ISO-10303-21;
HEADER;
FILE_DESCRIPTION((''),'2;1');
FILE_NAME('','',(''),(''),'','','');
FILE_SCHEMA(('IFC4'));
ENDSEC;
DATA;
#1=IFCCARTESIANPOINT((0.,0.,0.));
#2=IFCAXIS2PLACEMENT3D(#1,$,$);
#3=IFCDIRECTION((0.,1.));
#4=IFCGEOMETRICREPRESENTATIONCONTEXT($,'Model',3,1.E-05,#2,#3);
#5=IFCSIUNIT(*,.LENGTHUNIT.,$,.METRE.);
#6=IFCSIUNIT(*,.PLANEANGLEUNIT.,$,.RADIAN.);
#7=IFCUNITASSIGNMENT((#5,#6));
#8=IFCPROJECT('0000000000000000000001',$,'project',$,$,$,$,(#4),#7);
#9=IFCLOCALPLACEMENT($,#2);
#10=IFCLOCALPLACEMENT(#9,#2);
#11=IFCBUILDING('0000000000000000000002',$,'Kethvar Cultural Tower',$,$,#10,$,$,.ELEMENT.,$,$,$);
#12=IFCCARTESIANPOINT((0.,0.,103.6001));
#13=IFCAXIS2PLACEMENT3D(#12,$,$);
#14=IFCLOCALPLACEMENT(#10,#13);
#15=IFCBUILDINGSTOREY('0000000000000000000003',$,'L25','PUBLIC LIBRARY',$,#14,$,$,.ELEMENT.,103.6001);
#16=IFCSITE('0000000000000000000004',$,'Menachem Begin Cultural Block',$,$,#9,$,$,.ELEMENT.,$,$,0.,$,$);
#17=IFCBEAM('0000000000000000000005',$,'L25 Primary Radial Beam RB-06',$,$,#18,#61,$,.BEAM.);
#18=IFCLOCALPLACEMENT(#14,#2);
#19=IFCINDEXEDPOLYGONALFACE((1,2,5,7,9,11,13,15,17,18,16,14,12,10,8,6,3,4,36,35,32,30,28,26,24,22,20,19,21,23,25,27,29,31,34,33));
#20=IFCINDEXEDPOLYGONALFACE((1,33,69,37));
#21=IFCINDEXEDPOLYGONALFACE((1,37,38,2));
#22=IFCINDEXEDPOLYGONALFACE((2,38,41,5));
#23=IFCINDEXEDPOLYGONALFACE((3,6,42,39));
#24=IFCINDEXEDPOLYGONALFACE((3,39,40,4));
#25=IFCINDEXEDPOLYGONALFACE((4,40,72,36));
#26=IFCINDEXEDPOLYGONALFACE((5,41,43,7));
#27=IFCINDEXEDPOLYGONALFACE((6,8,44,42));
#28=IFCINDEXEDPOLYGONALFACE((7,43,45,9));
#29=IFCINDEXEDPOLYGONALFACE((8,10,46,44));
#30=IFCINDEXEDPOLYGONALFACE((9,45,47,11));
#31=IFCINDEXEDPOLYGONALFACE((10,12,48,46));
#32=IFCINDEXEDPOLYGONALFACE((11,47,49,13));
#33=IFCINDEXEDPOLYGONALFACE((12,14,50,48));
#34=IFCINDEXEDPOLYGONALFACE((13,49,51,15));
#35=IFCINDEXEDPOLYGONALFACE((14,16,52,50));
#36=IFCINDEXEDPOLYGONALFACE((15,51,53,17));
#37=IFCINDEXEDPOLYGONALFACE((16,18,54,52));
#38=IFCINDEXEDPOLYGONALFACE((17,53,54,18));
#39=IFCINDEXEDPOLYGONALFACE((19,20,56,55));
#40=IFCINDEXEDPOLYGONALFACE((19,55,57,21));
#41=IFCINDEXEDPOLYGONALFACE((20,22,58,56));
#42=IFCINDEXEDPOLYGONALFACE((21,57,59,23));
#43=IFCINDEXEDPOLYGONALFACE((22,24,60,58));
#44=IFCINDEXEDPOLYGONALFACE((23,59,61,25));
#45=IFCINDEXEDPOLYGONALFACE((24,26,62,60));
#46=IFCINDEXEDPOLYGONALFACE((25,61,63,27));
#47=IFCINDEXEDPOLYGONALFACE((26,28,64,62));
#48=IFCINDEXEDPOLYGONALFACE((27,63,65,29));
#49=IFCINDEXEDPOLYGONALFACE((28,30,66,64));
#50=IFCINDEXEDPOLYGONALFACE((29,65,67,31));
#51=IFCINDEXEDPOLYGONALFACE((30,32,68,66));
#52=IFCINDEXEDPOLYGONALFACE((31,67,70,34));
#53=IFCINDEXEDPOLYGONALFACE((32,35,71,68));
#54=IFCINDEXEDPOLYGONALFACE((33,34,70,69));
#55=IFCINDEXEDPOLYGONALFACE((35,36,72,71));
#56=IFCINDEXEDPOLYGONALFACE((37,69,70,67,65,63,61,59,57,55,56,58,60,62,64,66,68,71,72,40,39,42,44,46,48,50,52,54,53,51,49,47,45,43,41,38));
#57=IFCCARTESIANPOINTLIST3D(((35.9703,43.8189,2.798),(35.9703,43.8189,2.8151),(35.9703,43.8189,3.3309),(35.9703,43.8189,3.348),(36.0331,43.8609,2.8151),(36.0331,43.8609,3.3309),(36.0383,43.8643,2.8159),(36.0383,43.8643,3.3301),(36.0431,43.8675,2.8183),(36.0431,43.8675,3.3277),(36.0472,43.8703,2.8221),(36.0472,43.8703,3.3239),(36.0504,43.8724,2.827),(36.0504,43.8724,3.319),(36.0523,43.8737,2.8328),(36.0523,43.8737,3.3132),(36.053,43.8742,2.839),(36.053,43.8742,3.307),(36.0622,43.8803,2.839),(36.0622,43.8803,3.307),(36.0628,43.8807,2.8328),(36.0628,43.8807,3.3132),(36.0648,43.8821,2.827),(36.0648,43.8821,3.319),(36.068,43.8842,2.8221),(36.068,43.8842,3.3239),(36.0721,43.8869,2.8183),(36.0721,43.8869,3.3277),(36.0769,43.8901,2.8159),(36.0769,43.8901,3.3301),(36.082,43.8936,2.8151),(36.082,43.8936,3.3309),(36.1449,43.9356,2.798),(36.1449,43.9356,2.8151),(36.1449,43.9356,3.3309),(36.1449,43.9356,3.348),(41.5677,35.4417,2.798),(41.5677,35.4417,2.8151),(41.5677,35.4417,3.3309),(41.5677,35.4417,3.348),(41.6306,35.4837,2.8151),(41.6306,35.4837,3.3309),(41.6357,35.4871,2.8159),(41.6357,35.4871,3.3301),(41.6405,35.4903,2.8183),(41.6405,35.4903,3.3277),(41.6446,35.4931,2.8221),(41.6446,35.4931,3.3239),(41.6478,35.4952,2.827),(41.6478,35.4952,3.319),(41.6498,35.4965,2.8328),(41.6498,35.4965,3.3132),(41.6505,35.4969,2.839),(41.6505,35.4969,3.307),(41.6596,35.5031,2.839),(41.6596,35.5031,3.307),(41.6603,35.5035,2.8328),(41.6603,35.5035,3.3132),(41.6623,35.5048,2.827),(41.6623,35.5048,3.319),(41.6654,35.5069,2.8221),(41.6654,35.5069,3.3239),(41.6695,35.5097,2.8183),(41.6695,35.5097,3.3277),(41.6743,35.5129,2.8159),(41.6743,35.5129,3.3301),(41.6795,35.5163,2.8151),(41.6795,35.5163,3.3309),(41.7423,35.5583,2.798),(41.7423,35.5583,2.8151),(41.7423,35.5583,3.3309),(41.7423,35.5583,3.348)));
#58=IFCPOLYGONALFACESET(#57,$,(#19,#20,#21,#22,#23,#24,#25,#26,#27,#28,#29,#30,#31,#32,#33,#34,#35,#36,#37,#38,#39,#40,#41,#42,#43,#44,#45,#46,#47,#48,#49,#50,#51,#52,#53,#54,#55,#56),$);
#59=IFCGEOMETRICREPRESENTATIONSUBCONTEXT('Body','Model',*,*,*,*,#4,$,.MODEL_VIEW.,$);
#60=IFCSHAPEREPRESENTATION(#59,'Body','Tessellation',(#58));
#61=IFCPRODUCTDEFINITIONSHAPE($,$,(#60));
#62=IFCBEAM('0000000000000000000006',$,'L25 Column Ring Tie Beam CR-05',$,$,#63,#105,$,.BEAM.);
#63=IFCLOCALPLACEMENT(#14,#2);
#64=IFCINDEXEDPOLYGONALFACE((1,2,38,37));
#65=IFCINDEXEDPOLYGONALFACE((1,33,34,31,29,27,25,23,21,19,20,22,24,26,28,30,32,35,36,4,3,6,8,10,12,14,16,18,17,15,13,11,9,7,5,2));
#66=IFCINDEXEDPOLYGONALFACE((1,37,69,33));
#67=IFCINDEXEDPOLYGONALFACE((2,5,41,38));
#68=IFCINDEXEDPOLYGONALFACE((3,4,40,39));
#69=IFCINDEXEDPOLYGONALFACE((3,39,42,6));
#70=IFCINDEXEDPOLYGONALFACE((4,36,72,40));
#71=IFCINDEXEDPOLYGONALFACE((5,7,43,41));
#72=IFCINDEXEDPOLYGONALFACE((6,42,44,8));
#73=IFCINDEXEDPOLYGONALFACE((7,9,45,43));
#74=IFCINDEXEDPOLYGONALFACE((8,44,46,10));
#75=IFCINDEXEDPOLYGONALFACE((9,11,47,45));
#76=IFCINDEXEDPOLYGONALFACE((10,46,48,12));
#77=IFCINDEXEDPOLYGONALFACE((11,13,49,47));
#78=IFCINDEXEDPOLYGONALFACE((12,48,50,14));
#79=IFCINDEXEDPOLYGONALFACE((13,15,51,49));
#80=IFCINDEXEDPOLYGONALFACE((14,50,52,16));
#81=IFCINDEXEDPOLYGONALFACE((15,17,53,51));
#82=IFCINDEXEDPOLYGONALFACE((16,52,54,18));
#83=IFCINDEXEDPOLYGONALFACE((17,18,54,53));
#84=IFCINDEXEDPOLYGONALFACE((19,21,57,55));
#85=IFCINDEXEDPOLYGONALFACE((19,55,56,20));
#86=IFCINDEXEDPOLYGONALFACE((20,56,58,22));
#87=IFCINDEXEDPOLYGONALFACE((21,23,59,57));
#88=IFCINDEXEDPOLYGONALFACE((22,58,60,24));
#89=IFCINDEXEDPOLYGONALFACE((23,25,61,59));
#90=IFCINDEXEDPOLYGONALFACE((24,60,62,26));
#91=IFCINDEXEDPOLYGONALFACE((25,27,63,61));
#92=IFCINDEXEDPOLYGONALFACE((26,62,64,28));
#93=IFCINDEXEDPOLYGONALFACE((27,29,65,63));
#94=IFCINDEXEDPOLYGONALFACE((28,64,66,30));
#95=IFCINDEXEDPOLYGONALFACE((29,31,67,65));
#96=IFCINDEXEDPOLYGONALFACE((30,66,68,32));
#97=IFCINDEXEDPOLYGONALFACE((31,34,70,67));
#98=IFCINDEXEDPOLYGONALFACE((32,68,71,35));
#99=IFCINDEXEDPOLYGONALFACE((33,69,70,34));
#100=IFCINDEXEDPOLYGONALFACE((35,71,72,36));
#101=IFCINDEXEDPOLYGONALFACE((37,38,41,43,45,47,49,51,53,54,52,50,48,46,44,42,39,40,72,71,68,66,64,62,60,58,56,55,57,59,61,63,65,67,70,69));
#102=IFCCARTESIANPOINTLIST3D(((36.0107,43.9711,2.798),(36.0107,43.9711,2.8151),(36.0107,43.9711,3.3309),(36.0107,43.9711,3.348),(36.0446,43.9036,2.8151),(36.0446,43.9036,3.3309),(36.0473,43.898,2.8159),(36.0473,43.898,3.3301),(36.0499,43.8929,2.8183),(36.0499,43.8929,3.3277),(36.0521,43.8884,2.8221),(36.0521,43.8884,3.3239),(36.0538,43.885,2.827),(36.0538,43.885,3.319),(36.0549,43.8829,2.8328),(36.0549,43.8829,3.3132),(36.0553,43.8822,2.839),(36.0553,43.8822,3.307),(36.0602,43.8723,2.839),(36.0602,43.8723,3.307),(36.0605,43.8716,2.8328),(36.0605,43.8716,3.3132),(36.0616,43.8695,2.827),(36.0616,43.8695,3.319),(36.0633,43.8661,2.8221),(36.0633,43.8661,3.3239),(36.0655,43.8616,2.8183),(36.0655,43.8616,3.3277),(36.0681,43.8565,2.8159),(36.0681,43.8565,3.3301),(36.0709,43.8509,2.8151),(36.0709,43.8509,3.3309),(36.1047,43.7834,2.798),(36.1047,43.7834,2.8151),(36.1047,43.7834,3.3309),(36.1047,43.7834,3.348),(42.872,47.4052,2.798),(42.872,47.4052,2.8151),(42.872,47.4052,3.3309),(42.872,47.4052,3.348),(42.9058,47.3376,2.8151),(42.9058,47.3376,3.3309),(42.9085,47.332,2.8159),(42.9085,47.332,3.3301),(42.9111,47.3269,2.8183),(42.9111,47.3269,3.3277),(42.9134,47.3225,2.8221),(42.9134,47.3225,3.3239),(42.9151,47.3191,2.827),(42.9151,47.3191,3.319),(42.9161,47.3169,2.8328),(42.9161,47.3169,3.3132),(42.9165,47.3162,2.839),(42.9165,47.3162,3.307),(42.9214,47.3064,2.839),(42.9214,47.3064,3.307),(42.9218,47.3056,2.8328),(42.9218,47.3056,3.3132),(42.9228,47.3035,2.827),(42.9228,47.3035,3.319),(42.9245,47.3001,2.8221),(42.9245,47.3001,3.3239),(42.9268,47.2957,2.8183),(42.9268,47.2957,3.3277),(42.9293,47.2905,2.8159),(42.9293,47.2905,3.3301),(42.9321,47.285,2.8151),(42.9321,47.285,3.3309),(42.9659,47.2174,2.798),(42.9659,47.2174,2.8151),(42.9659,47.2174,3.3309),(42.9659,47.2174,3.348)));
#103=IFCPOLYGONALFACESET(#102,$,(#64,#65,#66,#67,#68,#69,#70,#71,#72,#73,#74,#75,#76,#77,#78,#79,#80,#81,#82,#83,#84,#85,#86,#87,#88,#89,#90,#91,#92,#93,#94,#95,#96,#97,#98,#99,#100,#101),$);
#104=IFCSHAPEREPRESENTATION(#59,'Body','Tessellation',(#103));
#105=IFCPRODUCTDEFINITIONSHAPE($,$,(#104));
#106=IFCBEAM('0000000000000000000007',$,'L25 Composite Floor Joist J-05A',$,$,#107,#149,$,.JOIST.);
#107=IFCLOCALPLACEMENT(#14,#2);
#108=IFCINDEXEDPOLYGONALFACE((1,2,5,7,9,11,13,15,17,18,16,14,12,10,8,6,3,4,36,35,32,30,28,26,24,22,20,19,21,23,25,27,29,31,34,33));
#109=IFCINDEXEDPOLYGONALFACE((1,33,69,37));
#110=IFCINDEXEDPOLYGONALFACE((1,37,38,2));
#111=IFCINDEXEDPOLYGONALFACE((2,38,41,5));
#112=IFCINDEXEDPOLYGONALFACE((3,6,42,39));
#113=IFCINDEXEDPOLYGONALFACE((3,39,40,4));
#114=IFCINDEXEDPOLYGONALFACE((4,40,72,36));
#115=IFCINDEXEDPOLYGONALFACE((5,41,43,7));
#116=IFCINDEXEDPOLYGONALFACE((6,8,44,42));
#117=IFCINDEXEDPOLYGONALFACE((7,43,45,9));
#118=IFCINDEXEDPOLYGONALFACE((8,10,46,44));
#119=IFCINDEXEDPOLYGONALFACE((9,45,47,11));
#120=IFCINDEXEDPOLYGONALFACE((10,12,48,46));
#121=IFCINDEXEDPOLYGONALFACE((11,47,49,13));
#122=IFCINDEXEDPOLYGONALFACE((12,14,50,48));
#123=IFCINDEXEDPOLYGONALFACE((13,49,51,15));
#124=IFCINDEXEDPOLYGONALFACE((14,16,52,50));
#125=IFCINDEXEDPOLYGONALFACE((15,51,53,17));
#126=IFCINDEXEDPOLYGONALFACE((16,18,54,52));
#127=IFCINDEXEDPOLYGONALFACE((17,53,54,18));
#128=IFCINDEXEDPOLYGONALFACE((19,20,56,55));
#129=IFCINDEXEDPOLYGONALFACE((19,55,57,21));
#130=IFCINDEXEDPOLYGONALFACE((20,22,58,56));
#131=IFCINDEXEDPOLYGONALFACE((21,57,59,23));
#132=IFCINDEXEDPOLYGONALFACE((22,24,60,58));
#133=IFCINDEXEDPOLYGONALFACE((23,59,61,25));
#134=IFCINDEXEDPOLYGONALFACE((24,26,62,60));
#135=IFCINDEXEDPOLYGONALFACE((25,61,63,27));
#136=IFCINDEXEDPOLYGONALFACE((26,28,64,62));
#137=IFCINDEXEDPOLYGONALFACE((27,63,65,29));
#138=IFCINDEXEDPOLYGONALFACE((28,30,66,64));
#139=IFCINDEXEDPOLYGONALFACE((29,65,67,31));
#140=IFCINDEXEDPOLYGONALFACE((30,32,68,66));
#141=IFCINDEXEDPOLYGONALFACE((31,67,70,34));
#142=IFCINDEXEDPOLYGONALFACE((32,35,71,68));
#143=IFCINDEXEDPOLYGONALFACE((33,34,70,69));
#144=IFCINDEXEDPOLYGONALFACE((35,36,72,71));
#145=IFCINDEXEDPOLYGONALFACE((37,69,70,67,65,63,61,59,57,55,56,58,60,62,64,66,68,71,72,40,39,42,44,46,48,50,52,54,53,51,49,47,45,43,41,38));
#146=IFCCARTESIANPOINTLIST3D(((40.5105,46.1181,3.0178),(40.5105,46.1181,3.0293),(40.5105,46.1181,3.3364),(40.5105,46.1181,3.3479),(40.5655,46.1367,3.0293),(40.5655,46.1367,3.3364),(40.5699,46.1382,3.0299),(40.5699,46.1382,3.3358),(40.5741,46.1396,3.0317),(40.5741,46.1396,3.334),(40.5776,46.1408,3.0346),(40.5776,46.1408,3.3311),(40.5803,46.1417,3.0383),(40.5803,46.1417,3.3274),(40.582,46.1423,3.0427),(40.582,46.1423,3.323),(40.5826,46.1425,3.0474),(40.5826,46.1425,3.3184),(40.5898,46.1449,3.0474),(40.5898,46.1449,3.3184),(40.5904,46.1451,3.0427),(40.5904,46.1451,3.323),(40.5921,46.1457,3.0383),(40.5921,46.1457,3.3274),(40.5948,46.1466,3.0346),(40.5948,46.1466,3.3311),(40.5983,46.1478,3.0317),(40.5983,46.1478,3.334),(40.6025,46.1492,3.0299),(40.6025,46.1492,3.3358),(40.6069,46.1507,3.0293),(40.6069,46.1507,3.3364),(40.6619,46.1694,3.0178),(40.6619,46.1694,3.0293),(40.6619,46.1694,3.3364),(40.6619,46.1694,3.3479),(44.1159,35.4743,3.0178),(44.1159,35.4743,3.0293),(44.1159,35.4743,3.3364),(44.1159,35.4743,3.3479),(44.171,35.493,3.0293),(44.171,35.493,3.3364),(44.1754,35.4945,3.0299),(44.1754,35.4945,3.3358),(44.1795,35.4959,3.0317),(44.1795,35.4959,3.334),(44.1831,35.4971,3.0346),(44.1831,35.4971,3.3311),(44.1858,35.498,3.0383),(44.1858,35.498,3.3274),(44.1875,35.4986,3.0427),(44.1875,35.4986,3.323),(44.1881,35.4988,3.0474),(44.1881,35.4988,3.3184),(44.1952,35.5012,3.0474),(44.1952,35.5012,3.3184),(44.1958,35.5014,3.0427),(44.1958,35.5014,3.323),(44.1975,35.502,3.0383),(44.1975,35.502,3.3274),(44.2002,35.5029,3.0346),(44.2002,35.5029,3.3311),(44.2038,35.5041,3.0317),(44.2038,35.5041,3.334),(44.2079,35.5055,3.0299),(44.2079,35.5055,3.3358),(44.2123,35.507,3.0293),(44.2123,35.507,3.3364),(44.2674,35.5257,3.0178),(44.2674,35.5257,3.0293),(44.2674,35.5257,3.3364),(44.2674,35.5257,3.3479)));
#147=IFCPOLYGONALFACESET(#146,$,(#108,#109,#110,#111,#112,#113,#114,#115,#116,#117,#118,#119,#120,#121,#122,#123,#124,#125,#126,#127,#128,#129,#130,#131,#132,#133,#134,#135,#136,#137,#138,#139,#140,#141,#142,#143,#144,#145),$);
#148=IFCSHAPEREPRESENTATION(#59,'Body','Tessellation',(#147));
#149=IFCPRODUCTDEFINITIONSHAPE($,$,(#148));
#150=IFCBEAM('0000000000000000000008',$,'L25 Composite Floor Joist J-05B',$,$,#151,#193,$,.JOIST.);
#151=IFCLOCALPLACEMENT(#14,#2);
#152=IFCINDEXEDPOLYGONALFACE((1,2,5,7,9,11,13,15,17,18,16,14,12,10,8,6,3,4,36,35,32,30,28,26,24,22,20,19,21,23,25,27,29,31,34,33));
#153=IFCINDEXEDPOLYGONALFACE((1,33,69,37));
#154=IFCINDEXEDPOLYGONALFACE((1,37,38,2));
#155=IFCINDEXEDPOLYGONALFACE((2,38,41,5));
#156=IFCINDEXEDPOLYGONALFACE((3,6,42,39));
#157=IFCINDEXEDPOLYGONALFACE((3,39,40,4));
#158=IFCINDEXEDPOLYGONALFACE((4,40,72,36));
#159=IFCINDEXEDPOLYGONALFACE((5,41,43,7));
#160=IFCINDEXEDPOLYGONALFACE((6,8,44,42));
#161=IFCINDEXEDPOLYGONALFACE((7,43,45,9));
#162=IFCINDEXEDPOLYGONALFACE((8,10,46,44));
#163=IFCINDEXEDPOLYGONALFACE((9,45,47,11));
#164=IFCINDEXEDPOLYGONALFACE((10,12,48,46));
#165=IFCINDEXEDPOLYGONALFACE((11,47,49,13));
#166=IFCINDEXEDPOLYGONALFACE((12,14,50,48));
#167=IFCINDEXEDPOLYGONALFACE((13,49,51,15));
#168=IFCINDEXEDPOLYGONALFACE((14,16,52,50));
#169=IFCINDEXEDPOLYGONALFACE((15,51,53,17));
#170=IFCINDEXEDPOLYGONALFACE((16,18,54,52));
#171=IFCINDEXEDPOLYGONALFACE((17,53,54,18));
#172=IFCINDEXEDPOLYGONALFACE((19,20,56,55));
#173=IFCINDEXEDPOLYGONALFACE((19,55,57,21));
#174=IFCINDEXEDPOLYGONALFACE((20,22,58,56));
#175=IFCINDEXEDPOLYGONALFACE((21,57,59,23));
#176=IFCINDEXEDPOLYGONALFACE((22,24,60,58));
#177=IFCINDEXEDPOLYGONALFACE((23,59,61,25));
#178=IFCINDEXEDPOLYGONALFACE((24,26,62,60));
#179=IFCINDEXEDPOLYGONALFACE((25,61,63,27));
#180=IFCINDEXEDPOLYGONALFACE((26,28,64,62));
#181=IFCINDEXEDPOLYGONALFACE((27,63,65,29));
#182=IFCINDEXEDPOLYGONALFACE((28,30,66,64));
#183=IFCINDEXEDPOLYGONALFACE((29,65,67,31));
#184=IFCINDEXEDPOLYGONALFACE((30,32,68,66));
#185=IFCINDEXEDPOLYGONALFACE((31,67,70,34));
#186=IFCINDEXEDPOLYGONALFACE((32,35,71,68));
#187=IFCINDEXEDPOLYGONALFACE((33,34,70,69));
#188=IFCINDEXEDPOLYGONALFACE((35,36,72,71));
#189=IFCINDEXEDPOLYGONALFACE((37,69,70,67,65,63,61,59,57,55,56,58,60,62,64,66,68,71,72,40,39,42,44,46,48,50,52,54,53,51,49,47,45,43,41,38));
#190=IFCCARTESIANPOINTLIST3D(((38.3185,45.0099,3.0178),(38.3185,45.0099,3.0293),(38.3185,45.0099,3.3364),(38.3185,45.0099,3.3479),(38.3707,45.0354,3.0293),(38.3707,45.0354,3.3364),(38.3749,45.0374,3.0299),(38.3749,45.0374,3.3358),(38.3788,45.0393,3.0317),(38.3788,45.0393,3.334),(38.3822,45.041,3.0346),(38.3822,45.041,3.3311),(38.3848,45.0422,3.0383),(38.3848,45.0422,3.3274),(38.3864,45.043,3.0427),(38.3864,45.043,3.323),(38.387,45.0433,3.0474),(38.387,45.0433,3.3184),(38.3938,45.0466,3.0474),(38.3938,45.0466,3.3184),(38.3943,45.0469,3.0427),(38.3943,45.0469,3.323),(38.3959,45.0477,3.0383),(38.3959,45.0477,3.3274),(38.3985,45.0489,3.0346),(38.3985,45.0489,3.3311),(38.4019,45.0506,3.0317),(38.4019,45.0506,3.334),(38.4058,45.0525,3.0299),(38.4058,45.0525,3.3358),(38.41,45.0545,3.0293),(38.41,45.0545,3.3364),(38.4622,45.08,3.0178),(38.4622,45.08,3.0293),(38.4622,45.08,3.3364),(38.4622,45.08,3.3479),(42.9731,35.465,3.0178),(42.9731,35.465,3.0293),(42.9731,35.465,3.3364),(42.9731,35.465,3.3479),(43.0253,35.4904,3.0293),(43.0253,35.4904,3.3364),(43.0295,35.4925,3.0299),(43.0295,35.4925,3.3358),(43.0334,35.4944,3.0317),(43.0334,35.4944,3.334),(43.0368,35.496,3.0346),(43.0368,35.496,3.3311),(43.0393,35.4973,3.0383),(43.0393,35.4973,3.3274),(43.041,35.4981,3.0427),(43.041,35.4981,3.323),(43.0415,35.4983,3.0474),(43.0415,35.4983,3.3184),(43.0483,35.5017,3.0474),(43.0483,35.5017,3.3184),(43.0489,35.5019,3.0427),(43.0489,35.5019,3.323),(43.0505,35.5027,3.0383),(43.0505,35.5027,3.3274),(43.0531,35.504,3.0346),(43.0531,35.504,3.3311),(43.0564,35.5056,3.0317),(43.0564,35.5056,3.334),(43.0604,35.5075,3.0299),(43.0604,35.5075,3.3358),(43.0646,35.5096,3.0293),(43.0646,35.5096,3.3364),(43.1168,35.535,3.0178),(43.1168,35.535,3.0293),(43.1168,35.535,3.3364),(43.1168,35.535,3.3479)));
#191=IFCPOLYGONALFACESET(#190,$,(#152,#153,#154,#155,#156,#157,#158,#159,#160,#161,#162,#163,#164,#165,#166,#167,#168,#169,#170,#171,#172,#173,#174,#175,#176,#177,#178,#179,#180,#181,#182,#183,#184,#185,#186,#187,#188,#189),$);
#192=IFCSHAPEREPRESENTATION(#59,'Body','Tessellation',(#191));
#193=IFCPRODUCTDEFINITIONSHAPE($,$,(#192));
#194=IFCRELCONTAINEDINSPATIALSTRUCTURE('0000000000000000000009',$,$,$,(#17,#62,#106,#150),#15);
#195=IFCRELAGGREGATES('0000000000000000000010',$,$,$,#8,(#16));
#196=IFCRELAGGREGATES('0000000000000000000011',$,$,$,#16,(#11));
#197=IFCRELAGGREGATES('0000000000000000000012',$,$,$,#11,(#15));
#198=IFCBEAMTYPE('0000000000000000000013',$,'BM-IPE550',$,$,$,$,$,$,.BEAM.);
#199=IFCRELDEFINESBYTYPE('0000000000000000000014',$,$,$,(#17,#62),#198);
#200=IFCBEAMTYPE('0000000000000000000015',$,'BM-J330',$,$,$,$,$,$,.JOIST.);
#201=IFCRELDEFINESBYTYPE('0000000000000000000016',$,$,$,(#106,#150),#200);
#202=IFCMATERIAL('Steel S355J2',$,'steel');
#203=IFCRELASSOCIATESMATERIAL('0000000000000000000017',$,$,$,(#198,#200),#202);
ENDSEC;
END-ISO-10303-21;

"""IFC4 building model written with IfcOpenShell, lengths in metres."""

from ifc_helpers import new_model, si_unit, direction, frame, origin, origin_2d, place, context, subcontext, project, spatial, i_section, extrude, source, transform, mapped, material, material_profile, profile_set, type_object, element, save


model = new_model("IFC4")

# Units and contexts
model_context = context("Model", 3, precision=1e-05, world=origin(), true_north=direction((0.0, 1.0)))
body_context = subcontext(model_context, "Body", "Model", "MODEL_VIEW")
ifc_project = project(units=[si_unit("LENGTHUNIT", "METRE"), si_unit("PLANEANGLEUNIT", "RADIAN")], contexts=[model_context])

# Site, building, storey
site_placement = place(None, origin())
site = spatial("IfcSite", under=ifc_project, at=site_placement, Name="Menachem Begin Cultural Block", CompositionType="ELEMENT", RefElevation=0.0)
building_placement = place(site_placement, origin())
building = spatial("IfcBuilding", under=site, at=building_placement, Name="Kethvar Cultural Tower", CompositionType="ELEMENT")
storey_placement = place(building_placement, frame((0.0, 0.0, 103.6001)))
storey = spatial("IfcBuildingStorey", under=building, at=storey_placement, Name="L25", Description="PUBLIC LIBRARY", CompositionType="ELEMENT", Elevation=103.6001)

# Beams
ifc_material_1 = material(Name="Steel S355J2", Category="steel")
ifc_material_profile_1 = material_profile(ifc_material_1, i_section(OverallWidth=0.21, OverallDepth=0.55, WebThickness=0.011, FlangeThickness=0.0171, FilletRadius=0.0239, at=origin_2d()), Name="Steel S355J2 — IPE550")
ifc_profile_set_1 = profile_set([ifc_material_profile_1], Name="Steel S355J2 — IPE550")
beam_type_1 = type_object("IfcBeamType", Name="BM-IPE550", PredefinedType="BEAM", material=ifc_profile_set_1)
shared_shape_1 = source(origin(), body_context, "Body", "SweptSolid", [
    extrude(i_section(OverallWidth=0.21, OverallDepth=0.55, WebThickness=0.011, FlangeThickness=0.0171, FilletRadius=0.0239, at=origin_2d()), origin(), (0.0, 0.0, 1.0), 10.0752),
])
beam_1_placement = place(storey_placement, frame((41.655, 35.5, 3.073), z_axis=(-0.555567, 0.831472, 0.0), x_axis=(-0.831472, -0.555567, 0.0)))
element("IfcBeam", 1, at=beam_1_placement, inside=storey, type_object=beam_type_1, Name="L25 Primary Radial Beam RB-06", PredefinedType="BEAM", context=body_context, shape_type="MappedRepresentation", body=[
    mapped(shared_shape_1, transform((0.0, 0.0, 0.0), scale=1.0)),
])
shared_shape_2 = source(origin(), body_context, "Body", "SweptSolid", [
    extrude(i_section(OverallWidth=0.21, OverallDepth=0.55, WebThickness=0.011, FlangeThickness=0.0171, FilletRadius=0.0239, at=origin_2d()), origin(), (0.0, 0.0, 1.0), 7.6726),
])
beam_2_placement = place(storey_placement, frame((42.9189, 47.3113, 3.073), z_axis=(-0.894249, -0.44757, 0.0), x_axis=(0.44757, -0.894249, 0.0)))
element("IfcBeam", 2, at=beam_2_placement, inside=storey, type_object=beam_type_1, Name="L25 Column Ring Tie Beam CR-05", PredefinedType="BEAM", context=body_context, shape_type="MappedRepresentation", body=[
    mapped(shared_shape_2, transform((0.0, 0.0, 0.0), scale=1.0)),
])
ifc_material_profile_2 = material_profile(ifc_material_1, i_section(OverallWidth=0.1599, OverallDepth=0.3301, WebThickness=0.0076, FlangeThickness=0.0115, FilletRadius=0.0181, at=origin_2d()), Name="Steel S355J2 — IPE330")
ifc_profile_set_2 = profile_set([ifc_material_profile_2], Name="Steel S355J2 — IPE330")
beam_type_2 = type_object("IfcBeamType", Name="BM-J330", PredefinedType="JOIST", material=ifc_profile_set_2)
shared_shape_3 = source(origin(), body_context, "Body", "SweptSolid", [
    extrude(i_section(OverallWidth=0.1599, OverallDepth=0.3301, WebThickness=0.0076, FlangeThickness=0.0115, FilletRadius=0.0181, at=origin_2d()), origin(), (0.0, 0.0, 1.0), 11.2378),
])
beam_3_placement = place(storey_placement, frame((44.1917, 35.5, 3.1829), z_axis=(-0.320832, 0.947136, 0.0), x_axis=(-0.947136, -0.320832, 0.0)))
element("IfcBeam", 3, at=beam_3_placement, inside=storey, type_object=beam_type_2, Name="L25 Composite Floor Joist J-05A", PredefinedType="JOIST", context=body_context, shape_type="MappedRepresentation", body=[
    mapped(shared_shape_3, transform((0.0, 0.0, 0.0), scale=1.0)),
])
shared_shape_4 = source(origin(), body_context, "Body", "SweptSolid", [
    extrude(i_section(OverallWidth=0.1599, OverallDepth=0.3301, WebThickness=0.0076, FlangeThickness=0.0115, FilletRadius=0.0181, at=origin_2d()), origin(), (0.0, 0.0, 1.0), 10.6194),
])
beam_4_placement = place(storey_placement, frame((43.0449, 35.5, 3.1829), z_axis=(-0.438308, 0.898825, 0.0), x_axis=(-0.898825, -0.438308, 0.0)))
element("IfcBeam", 4, at=beam_4_placement, inside=storey, type_object=beam_type_2, Name="L25 Composite Floor Joist J-05B", PredefinedType="JOIST", context=body_context, shape_type="MappedRepresentation", body=[
    mapped(shared_shape_4, transform((0.0, 0.0, 0.0), scale=1.0)),
])

save(model, "model.ifc")
